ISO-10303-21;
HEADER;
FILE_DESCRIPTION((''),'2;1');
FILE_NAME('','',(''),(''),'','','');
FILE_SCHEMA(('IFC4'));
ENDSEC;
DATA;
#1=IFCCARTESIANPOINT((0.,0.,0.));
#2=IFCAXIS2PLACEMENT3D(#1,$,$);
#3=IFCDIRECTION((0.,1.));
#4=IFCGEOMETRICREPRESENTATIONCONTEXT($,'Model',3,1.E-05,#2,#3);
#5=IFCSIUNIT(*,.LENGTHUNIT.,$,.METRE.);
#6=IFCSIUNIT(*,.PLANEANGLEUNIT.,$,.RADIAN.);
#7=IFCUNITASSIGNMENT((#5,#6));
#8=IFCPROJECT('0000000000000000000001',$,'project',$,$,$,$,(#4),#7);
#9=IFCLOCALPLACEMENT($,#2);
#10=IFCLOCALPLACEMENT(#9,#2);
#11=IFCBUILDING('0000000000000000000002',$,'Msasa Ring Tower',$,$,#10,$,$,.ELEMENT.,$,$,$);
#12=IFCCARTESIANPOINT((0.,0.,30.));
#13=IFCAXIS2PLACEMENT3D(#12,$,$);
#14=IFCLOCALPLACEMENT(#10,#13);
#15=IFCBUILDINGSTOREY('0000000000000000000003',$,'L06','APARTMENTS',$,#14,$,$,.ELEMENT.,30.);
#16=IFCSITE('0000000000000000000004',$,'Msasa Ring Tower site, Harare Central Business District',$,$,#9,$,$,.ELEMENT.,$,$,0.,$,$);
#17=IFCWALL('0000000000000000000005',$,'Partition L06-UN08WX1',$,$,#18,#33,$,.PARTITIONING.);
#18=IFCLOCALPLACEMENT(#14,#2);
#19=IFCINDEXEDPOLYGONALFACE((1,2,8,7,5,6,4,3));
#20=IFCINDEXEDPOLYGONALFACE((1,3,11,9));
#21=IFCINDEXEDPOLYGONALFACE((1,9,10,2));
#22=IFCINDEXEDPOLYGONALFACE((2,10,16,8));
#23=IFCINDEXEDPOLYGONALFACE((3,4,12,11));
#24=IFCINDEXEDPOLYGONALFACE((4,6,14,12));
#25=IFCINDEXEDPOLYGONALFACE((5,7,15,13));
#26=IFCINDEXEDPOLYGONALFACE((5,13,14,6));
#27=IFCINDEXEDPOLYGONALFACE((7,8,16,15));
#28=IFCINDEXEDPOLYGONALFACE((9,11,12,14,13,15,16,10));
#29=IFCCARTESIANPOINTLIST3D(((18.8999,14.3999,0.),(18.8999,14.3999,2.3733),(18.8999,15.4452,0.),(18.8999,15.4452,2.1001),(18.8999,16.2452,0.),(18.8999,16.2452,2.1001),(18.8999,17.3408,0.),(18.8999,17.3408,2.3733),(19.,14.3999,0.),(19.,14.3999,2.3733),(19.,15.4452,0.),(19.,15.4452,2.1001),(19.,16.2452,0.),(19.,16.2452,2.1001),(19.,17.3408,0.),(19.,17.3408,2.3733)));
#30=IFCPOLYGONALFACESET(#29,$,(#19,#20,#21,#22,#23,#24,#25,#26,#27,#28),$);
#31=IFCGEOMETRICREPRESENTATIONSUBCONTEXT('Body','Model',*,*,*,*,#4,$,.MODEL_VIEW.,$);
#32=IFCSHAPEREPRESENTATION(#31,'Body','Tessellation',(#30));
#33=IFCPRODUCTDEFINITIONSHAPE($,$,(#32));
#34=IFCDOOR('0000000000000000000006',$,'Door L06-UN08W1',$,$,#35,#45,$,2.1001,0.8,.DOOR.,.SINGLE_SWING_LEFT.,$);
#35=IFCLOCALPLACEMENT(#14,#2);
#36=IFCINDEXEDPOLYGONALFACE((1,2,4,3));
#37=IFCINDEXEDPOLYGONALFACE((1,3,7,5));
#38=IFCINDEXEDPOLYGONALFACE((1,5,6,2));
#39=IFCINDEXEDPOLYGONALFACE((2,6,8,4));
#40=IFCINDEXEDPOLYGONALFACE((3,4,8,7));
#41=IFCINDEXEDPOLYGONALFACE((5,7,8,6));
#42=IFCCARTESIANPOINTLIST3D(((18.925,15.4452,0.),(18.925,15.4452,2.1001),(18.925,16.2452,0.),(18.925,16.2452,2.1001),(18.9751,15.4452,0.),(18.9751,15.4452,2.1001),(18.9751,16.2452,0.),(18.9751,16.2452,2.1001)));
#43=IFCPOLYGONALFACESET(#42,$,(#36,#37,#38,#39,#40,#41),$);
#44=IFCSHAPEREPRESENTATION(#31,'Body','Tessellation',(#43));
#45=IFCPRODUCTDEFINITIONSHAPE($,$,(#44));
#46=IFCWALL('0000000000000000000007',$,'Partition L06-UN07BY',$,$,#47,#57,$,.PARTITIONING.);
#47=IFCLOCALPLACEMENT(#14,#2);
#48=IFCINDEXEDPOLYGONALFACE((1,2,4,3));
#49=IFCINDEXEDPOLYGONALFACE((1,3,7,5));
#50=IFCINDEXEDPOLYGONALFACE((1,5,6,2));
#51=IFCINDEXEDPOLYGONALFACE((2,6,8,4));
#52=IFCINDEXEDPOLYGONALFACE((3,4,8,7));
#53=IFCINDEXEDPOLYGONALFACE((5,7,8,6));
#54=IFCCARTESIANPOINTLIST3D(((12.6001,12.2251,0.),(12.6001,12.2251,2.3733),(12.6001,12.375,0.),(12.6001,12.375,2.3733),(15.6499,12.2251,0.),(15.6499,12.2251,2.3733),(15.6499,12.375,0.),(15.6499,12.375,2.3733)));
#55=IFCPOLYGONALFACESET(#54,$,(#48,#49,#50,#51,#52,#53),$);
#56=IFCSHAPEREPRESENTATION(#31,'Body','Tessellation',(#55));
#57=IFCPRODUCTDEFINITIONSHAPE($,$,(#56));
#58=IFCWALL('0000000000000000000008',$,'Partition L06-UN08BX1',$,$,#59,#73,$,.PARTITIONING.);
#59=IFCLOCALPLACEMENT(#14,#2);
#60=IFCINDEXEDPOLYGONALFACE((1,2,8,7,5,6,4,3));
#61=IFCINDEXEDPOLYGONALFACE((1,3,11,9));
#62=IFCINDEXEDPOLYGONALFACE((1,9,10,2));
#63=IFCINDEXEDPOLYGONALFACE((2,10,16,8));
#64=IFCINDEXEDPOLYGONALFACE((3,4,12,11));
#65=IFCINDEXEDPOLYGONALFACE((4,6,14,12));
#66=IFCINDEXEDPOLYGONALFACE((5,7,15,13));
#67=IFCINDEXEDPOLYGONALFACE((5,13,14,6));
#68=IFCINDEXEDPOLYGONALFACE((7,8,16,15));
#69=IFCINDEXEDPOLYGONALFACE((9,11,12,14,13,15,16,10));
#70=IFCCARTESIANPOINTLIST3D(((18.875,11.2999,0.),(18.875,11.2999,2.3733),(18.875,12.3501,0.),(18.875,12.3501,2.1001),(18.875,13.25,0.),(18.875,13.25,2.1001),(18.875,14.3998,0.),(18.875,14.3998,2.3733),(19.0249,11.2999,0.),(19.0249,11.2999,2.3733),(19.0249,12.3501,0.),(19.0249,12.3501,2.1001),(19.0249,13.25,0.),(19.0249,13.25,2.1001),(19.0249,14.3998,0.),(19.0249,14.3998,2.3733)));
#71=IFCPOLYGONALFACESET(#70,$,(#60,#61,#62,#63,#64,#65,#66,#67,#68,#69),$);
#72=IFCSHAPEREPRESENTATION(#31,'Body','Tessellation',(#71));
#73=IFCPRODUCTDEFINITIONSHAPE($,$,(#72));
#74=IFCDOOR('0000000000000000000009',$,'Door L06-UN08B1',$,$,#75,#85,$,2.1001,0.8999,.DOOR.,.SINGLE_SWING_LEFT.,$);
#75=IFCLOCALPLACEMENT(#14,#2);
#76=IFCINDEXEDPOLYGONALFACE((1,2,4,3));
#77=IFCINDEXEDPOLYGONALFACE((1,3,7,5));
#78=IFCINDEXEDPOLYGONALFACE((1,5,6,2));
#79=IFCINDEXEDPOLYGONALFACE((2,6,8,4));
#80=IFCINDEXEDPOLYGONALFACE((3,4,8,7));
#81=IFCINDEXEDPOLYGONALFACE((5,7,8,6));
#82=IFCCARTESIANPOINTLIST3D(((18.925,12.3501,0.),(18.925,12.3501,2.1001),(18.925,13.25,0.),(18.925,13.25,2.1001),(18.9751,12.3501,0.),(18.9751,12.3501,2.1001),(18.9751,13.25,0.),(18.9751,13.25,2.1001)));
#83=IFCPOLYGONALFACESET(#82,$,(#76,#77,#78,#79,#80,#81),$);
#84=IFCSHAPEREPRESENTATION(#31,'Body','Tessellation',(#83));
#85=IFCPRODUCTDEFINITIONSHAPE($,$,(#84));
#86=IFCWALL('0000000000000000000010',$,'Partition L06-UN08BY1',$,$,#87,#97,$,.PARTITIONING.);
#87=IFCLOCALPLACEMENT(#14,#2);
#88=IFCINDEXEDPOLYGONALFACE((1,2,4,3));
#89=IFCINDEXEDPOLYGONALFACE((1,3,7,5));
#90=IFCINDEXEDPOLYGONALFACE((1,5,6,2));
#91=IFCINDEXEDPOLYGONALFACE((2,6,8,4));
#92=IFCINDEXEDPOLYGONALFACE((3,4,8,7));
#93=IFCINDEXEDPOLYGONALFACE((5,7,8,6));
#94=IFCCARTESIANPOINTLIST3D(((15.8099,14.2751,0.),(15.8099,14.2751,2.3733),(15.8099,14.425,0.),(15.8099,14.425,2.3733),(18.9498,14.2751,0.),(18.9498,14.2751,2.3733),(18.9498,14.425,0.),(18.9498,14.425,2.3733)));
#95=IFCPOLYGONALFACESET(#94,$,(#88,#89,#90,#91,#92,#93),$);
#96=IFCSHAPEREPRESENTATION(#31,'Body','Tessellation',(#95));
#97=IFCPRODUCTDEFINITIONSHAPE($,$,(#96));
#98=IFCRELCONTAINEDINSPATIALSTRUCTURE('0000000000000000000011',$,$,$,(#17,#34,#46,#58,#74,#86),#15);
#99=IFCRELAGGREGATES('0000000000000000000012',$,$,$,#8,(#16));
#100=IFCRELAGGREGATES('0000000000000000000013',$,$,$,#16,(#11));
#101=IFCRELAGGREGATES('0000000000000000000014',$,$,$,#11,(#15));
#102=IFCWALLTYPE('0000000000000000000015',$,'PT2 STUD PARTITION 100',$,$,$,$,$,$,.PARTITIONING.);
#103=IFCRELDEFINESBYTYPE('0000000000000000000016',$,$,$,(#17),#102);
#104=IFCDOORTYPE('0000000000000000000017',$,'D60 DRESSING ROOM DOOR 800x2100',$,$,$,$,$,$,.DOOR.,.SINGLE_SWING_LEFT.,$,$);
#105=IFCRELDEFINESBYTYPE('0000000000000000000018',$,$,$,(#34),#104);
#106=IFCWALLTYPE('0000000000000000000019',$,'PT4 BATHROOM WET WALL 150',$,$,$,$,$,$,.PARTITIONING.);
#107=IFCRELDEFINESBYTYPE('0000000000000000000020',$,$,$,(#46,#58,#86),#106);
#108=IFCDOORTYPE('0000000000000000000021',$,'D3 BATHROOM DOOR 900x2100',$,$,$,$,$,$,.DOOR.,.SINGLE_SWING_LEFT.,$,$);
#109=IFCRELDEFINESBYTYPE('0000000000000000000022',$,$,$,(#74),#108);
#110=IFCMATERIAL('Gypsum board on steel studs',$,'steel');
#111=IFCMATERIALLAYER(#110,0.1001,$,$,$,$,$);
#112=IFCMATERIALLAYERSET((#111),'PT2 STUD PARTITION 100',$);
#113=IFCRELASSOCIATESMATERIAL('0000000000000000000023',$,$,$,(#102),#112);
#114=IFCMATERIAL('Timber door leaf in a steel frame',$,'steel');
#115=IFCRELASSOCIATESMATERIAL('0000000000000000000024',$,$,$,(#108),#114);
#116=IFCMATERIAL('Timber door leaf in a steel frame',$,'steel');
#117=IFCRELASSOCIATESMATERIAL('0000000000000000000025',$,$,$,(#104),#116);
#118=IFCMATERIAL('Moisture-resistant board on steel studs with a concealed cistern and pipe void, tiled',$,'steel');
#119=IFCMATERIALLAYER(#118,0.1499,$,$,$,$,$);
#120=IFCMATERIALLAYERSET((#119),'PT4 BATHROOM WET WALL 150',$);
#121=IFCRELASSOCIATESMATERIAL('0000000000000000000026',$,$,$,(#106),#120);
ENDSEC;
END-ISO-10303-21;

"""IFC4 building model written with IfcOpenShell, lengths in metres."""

from ifc_helpers import new_model, si_unit, direction, frame, frame_2d, origin, place, context, subcontext, project, spatial, rectangle, extrude, material, layer, layer_set, type_object, element, fill, save


model = new_model("IFC4")

# Units and contexts
model_context = context("Model", 3, precision=1e-05, world=origin(), true_north=direction((0.0, 1.0)))
body_context = subcontext(model_context, "Body", "Model", "MODEL_VIEW")
ifc_project = project(units=[si_unit("LENGTHUNIT", "METRE"), si_unit("PLANEANGLEUNIT", "RADIAN")], contexts=[model_context])

# Site, building, storey
site_placement = place(None, origin())
site = spatial("IfcSite", under=ifc_project, at=site_placement, Name="Msasa Ring Tower site, Harare Central Business District", CompositionType="ELEMENT", RefElevation=0.0)
building_placement = place(site_placement, origin())
building = spatial("IfcBuilding", under=site, at=building_placement, Name="Msasa Ring Tower", CompositionType="ELEMENT")
storey_placement = place(building_placement, frame((0.0, 0.0, 30.0)))
storey = spatial("IfcBuildingStorey", under=building, at=storey_placement, Name="L06", Description="APARTMENTS", CompositionType="ELEMENT", Elevation=30.0)

# Shared definitions
ifc_material_1 = material(Name="Gypsum board on steel studs", Category="steel")
ifc_layer_1 = layer(ifc_material_1, 0.1001)
ifc_layer_set_1 = layer_set([ifc_layer_1], Name="PT2 STUD PARTITION 100")
wall_type_1 = type_object("IfcWallType", Name="PT2 STUD PARTITION 100", PredefinedType="PARTITIONING", material=ifc_layer_set_1)

# Shared definitions
ifc_material_2 = material(Name="Timber door leaf in a steel frame", Category="steel")
door_type_1 = type_object("IfcDoorType", Name="D3 BATHROOM DOOR 900x2100", OperationType="SINGLE_SWING_LEFT", PredefinedType="DOOR", material=ifc_material_2)

# Wall, opening, door
wall_1_placement = place(storey_placement, frame((18.95, 14.3999, 0.0), z_axis=(0.0, 0.0, 1.0), x_axis=(0.0, 1.0, 0.0)))
wall_1 = element("IfcWall", 1, at=wall_1_placement, inside=storey, type_object=wall_type_1, Name="Partition L06-UN08WX1", PredefinedType="PARTITIONING", context=body_context, shape_type="SweptSolid", body=[
    extrude(rectangle(XDim=2.9409, YDim=0.1001, at=frame_2d((1.4705, 0.0))), origin(), (0.0, 0.0, 1.0), 2.3733),
])
opening_1_placement = place(wall_1_placement, frame((1.0454, 0.0, 0.0)))
opening_1 = element("IfcOpeningElement", 2, at=opening_1_placement, cuts=wall_1, PredefinedType="OPENING", context=body_context, shape_type="SweptSolid", body=[
    extrude(rectangle(XDim=0.8, YDim=2.1001, at=frame_2d((0.3999, 1.05))), frame((0.0, 0.0601, 0.0), z_axis=(0.0, -1.0, 0.0), x_axis=(1.0, 0.0, 0.0)), (0.0, 0.0, 1.0), 0.1201),
])
ifc_material_3 = material(Name="Timber door leaf in a steel frame", Category="steel")
door_type_2 = type_object("IfcDoorType", Name="D60 DRESSING ROOM DOOR 800x2100", OperationType="SINGLE_SWING_LEFT", PredefinedType="DOOR", material=ifc_material_3)
door_1_placement = place(opening_1_placement, origin())
door_1 = element("IfcDoor", 3, at=door_1_placement, inside=storey, type_object=door_type_2, Name="Door L06-UN08W1", OperationType="SINGLE_SWING_LEFT", OverallHeight=2.1001, OverallWidth=0.8, PredefinedType="DOOR", context=body_context, shape_type="SweptSolid", body=[
    extrude(rectangle(XDim=0.8, YDim=2.1001, at=frame_2d((0.3999, 1.05))), frame((0.0, 0.0249, 0.0), z_axis=(0.0, -1.0, 0.0), x_axis=(1.0, 0.0, 0.0)), (0.0, 0.0, 1.0), 0.05),
])
fill(opening_1, door_1)

# Wall
ifc_material_4 = material(Name="Moisture-resistant board on steel studs with a concealed cistern and pipe void, tiled", Category="steel")
ifc_layer_2 = layer(ifc_material_4, 0.1499)
ifc_layer_set_2 = layer_set([ifc_layer_2], Name="PT4 BATHROOM WET WALL 150")
wall_type_2 = type_object("IfcWallType", Name="PT4 BATHROOM WET WALL 150", PredefinedType="PARTITIONING", material=ifc_layer_set_2)
wall_2_placement = place(storey_placement, frame((12.6001, 12.3, 0.0), z_axis=(0.0, 0.0, 1.0), x_axis=(1.0, 0.0, 0.0)))
element("IfcWall", 4, at=wall_2_placement, inside=storey, type_object=wall_type_2, Name="Partition L06-UN07BY", PredefinedType="PARTITIONING", context=body_context, shape_type="SweptSolid", body=[
    extrude(rectangle(XDim=3.0498, YDim=0.1499, at=frame_2d((1.5249, 0.0))), origin(), (0.0, 0.0, 1.0), 2.3733),
])

# Wall, opening, door
wall_3_placement = place(storey_placement, frame((18.95, 11.3, 0.0), z_axis=(0.0, 0.0, 1.0), x_axis=(0.0, 1.0, 0.0)))
wall_3 = element("IfcWall", 5, at=wall_3_placement, inside=storey, type_object=wall_type_2, Name="Partition L06-UN08BX1", PredefinedType="PARTITIONING", context=body_context, shape_type="SweptSolid", body=[
    extrude(rectangle(XDim=3.0999, YDim=0.1499, at=frame_2d((1.5498, 0.0))), origin(), (0.0, 0.0, 1.0), 2.3733),
])
opening_2_placement = place(wall_3_placement, frame((1.05, 0.0, 0.0)))
opening_2 = element("IfcOpeningElement", 6, at=opening_2_placement, cuts=wall_3, PredefinedType="OPENING", context=body_context, shape_type="SweptSolid", body=[
    extrude(rectangle(XDim=0.8999, YDim=2.1001, at=frame_2d((0.45, 1.05))), frame((0.0, 0.085, 0.0), z_axis=(0.0, -1.0, 0.0), x_axis=(1.0, 0.0, 0.0)), (0.0, 0.0, 1.0), 0.1699),
])
door_2_placement = place(opening_2_placement, origin())
door_2 = element("IfcDoor", 7, at=door_2_placement, inside=storey, type_object=door_type_1, Name="Door L06-UN08B1", OperationType="SINGLE_SWING_LEFT", OverallHeight=2.1001, OverallWidth=0.8999, PredefinedType="DOOR", context=body_context, shape_type="SweptSolid", body=[
    extrude(rectangle(XDim=0.8999, YDim=2.1001, at=frame_2d((0.45, 1.05))), frame((0.0, 0.0249, 0.0), z_axis=(0.0, -1.0, 0.0), x_axis=(1.0, 0.0, 0.0)), (0.0, 0.0, 1.0), 0.05),
])
fill(opening_2, door_2)

# Wall
wall_4_placement = place(storey_placement, frame((15.8101, 14.3501, 0.0), z_axis=(0.0, 0.0, 1.0), x_axis=(1.0, 0.0, 0.0)))
element("IfcWall", 8, at=wall_4_placement, inside=storey, type_object=wall_type_2, Name="Partition L06-UN08BY1", PredefinedType="PARTITIONING", context=body_context, shape_type="SweptSolid", body=[
    extrude(rectangle(XDim=3.1399, YDim=0.1499, at=frame_2d((1.5698, 0.0))), origin(), (0.0, 0.0, 1.0), 2.3733),
])

save(model, "model.ifc")
